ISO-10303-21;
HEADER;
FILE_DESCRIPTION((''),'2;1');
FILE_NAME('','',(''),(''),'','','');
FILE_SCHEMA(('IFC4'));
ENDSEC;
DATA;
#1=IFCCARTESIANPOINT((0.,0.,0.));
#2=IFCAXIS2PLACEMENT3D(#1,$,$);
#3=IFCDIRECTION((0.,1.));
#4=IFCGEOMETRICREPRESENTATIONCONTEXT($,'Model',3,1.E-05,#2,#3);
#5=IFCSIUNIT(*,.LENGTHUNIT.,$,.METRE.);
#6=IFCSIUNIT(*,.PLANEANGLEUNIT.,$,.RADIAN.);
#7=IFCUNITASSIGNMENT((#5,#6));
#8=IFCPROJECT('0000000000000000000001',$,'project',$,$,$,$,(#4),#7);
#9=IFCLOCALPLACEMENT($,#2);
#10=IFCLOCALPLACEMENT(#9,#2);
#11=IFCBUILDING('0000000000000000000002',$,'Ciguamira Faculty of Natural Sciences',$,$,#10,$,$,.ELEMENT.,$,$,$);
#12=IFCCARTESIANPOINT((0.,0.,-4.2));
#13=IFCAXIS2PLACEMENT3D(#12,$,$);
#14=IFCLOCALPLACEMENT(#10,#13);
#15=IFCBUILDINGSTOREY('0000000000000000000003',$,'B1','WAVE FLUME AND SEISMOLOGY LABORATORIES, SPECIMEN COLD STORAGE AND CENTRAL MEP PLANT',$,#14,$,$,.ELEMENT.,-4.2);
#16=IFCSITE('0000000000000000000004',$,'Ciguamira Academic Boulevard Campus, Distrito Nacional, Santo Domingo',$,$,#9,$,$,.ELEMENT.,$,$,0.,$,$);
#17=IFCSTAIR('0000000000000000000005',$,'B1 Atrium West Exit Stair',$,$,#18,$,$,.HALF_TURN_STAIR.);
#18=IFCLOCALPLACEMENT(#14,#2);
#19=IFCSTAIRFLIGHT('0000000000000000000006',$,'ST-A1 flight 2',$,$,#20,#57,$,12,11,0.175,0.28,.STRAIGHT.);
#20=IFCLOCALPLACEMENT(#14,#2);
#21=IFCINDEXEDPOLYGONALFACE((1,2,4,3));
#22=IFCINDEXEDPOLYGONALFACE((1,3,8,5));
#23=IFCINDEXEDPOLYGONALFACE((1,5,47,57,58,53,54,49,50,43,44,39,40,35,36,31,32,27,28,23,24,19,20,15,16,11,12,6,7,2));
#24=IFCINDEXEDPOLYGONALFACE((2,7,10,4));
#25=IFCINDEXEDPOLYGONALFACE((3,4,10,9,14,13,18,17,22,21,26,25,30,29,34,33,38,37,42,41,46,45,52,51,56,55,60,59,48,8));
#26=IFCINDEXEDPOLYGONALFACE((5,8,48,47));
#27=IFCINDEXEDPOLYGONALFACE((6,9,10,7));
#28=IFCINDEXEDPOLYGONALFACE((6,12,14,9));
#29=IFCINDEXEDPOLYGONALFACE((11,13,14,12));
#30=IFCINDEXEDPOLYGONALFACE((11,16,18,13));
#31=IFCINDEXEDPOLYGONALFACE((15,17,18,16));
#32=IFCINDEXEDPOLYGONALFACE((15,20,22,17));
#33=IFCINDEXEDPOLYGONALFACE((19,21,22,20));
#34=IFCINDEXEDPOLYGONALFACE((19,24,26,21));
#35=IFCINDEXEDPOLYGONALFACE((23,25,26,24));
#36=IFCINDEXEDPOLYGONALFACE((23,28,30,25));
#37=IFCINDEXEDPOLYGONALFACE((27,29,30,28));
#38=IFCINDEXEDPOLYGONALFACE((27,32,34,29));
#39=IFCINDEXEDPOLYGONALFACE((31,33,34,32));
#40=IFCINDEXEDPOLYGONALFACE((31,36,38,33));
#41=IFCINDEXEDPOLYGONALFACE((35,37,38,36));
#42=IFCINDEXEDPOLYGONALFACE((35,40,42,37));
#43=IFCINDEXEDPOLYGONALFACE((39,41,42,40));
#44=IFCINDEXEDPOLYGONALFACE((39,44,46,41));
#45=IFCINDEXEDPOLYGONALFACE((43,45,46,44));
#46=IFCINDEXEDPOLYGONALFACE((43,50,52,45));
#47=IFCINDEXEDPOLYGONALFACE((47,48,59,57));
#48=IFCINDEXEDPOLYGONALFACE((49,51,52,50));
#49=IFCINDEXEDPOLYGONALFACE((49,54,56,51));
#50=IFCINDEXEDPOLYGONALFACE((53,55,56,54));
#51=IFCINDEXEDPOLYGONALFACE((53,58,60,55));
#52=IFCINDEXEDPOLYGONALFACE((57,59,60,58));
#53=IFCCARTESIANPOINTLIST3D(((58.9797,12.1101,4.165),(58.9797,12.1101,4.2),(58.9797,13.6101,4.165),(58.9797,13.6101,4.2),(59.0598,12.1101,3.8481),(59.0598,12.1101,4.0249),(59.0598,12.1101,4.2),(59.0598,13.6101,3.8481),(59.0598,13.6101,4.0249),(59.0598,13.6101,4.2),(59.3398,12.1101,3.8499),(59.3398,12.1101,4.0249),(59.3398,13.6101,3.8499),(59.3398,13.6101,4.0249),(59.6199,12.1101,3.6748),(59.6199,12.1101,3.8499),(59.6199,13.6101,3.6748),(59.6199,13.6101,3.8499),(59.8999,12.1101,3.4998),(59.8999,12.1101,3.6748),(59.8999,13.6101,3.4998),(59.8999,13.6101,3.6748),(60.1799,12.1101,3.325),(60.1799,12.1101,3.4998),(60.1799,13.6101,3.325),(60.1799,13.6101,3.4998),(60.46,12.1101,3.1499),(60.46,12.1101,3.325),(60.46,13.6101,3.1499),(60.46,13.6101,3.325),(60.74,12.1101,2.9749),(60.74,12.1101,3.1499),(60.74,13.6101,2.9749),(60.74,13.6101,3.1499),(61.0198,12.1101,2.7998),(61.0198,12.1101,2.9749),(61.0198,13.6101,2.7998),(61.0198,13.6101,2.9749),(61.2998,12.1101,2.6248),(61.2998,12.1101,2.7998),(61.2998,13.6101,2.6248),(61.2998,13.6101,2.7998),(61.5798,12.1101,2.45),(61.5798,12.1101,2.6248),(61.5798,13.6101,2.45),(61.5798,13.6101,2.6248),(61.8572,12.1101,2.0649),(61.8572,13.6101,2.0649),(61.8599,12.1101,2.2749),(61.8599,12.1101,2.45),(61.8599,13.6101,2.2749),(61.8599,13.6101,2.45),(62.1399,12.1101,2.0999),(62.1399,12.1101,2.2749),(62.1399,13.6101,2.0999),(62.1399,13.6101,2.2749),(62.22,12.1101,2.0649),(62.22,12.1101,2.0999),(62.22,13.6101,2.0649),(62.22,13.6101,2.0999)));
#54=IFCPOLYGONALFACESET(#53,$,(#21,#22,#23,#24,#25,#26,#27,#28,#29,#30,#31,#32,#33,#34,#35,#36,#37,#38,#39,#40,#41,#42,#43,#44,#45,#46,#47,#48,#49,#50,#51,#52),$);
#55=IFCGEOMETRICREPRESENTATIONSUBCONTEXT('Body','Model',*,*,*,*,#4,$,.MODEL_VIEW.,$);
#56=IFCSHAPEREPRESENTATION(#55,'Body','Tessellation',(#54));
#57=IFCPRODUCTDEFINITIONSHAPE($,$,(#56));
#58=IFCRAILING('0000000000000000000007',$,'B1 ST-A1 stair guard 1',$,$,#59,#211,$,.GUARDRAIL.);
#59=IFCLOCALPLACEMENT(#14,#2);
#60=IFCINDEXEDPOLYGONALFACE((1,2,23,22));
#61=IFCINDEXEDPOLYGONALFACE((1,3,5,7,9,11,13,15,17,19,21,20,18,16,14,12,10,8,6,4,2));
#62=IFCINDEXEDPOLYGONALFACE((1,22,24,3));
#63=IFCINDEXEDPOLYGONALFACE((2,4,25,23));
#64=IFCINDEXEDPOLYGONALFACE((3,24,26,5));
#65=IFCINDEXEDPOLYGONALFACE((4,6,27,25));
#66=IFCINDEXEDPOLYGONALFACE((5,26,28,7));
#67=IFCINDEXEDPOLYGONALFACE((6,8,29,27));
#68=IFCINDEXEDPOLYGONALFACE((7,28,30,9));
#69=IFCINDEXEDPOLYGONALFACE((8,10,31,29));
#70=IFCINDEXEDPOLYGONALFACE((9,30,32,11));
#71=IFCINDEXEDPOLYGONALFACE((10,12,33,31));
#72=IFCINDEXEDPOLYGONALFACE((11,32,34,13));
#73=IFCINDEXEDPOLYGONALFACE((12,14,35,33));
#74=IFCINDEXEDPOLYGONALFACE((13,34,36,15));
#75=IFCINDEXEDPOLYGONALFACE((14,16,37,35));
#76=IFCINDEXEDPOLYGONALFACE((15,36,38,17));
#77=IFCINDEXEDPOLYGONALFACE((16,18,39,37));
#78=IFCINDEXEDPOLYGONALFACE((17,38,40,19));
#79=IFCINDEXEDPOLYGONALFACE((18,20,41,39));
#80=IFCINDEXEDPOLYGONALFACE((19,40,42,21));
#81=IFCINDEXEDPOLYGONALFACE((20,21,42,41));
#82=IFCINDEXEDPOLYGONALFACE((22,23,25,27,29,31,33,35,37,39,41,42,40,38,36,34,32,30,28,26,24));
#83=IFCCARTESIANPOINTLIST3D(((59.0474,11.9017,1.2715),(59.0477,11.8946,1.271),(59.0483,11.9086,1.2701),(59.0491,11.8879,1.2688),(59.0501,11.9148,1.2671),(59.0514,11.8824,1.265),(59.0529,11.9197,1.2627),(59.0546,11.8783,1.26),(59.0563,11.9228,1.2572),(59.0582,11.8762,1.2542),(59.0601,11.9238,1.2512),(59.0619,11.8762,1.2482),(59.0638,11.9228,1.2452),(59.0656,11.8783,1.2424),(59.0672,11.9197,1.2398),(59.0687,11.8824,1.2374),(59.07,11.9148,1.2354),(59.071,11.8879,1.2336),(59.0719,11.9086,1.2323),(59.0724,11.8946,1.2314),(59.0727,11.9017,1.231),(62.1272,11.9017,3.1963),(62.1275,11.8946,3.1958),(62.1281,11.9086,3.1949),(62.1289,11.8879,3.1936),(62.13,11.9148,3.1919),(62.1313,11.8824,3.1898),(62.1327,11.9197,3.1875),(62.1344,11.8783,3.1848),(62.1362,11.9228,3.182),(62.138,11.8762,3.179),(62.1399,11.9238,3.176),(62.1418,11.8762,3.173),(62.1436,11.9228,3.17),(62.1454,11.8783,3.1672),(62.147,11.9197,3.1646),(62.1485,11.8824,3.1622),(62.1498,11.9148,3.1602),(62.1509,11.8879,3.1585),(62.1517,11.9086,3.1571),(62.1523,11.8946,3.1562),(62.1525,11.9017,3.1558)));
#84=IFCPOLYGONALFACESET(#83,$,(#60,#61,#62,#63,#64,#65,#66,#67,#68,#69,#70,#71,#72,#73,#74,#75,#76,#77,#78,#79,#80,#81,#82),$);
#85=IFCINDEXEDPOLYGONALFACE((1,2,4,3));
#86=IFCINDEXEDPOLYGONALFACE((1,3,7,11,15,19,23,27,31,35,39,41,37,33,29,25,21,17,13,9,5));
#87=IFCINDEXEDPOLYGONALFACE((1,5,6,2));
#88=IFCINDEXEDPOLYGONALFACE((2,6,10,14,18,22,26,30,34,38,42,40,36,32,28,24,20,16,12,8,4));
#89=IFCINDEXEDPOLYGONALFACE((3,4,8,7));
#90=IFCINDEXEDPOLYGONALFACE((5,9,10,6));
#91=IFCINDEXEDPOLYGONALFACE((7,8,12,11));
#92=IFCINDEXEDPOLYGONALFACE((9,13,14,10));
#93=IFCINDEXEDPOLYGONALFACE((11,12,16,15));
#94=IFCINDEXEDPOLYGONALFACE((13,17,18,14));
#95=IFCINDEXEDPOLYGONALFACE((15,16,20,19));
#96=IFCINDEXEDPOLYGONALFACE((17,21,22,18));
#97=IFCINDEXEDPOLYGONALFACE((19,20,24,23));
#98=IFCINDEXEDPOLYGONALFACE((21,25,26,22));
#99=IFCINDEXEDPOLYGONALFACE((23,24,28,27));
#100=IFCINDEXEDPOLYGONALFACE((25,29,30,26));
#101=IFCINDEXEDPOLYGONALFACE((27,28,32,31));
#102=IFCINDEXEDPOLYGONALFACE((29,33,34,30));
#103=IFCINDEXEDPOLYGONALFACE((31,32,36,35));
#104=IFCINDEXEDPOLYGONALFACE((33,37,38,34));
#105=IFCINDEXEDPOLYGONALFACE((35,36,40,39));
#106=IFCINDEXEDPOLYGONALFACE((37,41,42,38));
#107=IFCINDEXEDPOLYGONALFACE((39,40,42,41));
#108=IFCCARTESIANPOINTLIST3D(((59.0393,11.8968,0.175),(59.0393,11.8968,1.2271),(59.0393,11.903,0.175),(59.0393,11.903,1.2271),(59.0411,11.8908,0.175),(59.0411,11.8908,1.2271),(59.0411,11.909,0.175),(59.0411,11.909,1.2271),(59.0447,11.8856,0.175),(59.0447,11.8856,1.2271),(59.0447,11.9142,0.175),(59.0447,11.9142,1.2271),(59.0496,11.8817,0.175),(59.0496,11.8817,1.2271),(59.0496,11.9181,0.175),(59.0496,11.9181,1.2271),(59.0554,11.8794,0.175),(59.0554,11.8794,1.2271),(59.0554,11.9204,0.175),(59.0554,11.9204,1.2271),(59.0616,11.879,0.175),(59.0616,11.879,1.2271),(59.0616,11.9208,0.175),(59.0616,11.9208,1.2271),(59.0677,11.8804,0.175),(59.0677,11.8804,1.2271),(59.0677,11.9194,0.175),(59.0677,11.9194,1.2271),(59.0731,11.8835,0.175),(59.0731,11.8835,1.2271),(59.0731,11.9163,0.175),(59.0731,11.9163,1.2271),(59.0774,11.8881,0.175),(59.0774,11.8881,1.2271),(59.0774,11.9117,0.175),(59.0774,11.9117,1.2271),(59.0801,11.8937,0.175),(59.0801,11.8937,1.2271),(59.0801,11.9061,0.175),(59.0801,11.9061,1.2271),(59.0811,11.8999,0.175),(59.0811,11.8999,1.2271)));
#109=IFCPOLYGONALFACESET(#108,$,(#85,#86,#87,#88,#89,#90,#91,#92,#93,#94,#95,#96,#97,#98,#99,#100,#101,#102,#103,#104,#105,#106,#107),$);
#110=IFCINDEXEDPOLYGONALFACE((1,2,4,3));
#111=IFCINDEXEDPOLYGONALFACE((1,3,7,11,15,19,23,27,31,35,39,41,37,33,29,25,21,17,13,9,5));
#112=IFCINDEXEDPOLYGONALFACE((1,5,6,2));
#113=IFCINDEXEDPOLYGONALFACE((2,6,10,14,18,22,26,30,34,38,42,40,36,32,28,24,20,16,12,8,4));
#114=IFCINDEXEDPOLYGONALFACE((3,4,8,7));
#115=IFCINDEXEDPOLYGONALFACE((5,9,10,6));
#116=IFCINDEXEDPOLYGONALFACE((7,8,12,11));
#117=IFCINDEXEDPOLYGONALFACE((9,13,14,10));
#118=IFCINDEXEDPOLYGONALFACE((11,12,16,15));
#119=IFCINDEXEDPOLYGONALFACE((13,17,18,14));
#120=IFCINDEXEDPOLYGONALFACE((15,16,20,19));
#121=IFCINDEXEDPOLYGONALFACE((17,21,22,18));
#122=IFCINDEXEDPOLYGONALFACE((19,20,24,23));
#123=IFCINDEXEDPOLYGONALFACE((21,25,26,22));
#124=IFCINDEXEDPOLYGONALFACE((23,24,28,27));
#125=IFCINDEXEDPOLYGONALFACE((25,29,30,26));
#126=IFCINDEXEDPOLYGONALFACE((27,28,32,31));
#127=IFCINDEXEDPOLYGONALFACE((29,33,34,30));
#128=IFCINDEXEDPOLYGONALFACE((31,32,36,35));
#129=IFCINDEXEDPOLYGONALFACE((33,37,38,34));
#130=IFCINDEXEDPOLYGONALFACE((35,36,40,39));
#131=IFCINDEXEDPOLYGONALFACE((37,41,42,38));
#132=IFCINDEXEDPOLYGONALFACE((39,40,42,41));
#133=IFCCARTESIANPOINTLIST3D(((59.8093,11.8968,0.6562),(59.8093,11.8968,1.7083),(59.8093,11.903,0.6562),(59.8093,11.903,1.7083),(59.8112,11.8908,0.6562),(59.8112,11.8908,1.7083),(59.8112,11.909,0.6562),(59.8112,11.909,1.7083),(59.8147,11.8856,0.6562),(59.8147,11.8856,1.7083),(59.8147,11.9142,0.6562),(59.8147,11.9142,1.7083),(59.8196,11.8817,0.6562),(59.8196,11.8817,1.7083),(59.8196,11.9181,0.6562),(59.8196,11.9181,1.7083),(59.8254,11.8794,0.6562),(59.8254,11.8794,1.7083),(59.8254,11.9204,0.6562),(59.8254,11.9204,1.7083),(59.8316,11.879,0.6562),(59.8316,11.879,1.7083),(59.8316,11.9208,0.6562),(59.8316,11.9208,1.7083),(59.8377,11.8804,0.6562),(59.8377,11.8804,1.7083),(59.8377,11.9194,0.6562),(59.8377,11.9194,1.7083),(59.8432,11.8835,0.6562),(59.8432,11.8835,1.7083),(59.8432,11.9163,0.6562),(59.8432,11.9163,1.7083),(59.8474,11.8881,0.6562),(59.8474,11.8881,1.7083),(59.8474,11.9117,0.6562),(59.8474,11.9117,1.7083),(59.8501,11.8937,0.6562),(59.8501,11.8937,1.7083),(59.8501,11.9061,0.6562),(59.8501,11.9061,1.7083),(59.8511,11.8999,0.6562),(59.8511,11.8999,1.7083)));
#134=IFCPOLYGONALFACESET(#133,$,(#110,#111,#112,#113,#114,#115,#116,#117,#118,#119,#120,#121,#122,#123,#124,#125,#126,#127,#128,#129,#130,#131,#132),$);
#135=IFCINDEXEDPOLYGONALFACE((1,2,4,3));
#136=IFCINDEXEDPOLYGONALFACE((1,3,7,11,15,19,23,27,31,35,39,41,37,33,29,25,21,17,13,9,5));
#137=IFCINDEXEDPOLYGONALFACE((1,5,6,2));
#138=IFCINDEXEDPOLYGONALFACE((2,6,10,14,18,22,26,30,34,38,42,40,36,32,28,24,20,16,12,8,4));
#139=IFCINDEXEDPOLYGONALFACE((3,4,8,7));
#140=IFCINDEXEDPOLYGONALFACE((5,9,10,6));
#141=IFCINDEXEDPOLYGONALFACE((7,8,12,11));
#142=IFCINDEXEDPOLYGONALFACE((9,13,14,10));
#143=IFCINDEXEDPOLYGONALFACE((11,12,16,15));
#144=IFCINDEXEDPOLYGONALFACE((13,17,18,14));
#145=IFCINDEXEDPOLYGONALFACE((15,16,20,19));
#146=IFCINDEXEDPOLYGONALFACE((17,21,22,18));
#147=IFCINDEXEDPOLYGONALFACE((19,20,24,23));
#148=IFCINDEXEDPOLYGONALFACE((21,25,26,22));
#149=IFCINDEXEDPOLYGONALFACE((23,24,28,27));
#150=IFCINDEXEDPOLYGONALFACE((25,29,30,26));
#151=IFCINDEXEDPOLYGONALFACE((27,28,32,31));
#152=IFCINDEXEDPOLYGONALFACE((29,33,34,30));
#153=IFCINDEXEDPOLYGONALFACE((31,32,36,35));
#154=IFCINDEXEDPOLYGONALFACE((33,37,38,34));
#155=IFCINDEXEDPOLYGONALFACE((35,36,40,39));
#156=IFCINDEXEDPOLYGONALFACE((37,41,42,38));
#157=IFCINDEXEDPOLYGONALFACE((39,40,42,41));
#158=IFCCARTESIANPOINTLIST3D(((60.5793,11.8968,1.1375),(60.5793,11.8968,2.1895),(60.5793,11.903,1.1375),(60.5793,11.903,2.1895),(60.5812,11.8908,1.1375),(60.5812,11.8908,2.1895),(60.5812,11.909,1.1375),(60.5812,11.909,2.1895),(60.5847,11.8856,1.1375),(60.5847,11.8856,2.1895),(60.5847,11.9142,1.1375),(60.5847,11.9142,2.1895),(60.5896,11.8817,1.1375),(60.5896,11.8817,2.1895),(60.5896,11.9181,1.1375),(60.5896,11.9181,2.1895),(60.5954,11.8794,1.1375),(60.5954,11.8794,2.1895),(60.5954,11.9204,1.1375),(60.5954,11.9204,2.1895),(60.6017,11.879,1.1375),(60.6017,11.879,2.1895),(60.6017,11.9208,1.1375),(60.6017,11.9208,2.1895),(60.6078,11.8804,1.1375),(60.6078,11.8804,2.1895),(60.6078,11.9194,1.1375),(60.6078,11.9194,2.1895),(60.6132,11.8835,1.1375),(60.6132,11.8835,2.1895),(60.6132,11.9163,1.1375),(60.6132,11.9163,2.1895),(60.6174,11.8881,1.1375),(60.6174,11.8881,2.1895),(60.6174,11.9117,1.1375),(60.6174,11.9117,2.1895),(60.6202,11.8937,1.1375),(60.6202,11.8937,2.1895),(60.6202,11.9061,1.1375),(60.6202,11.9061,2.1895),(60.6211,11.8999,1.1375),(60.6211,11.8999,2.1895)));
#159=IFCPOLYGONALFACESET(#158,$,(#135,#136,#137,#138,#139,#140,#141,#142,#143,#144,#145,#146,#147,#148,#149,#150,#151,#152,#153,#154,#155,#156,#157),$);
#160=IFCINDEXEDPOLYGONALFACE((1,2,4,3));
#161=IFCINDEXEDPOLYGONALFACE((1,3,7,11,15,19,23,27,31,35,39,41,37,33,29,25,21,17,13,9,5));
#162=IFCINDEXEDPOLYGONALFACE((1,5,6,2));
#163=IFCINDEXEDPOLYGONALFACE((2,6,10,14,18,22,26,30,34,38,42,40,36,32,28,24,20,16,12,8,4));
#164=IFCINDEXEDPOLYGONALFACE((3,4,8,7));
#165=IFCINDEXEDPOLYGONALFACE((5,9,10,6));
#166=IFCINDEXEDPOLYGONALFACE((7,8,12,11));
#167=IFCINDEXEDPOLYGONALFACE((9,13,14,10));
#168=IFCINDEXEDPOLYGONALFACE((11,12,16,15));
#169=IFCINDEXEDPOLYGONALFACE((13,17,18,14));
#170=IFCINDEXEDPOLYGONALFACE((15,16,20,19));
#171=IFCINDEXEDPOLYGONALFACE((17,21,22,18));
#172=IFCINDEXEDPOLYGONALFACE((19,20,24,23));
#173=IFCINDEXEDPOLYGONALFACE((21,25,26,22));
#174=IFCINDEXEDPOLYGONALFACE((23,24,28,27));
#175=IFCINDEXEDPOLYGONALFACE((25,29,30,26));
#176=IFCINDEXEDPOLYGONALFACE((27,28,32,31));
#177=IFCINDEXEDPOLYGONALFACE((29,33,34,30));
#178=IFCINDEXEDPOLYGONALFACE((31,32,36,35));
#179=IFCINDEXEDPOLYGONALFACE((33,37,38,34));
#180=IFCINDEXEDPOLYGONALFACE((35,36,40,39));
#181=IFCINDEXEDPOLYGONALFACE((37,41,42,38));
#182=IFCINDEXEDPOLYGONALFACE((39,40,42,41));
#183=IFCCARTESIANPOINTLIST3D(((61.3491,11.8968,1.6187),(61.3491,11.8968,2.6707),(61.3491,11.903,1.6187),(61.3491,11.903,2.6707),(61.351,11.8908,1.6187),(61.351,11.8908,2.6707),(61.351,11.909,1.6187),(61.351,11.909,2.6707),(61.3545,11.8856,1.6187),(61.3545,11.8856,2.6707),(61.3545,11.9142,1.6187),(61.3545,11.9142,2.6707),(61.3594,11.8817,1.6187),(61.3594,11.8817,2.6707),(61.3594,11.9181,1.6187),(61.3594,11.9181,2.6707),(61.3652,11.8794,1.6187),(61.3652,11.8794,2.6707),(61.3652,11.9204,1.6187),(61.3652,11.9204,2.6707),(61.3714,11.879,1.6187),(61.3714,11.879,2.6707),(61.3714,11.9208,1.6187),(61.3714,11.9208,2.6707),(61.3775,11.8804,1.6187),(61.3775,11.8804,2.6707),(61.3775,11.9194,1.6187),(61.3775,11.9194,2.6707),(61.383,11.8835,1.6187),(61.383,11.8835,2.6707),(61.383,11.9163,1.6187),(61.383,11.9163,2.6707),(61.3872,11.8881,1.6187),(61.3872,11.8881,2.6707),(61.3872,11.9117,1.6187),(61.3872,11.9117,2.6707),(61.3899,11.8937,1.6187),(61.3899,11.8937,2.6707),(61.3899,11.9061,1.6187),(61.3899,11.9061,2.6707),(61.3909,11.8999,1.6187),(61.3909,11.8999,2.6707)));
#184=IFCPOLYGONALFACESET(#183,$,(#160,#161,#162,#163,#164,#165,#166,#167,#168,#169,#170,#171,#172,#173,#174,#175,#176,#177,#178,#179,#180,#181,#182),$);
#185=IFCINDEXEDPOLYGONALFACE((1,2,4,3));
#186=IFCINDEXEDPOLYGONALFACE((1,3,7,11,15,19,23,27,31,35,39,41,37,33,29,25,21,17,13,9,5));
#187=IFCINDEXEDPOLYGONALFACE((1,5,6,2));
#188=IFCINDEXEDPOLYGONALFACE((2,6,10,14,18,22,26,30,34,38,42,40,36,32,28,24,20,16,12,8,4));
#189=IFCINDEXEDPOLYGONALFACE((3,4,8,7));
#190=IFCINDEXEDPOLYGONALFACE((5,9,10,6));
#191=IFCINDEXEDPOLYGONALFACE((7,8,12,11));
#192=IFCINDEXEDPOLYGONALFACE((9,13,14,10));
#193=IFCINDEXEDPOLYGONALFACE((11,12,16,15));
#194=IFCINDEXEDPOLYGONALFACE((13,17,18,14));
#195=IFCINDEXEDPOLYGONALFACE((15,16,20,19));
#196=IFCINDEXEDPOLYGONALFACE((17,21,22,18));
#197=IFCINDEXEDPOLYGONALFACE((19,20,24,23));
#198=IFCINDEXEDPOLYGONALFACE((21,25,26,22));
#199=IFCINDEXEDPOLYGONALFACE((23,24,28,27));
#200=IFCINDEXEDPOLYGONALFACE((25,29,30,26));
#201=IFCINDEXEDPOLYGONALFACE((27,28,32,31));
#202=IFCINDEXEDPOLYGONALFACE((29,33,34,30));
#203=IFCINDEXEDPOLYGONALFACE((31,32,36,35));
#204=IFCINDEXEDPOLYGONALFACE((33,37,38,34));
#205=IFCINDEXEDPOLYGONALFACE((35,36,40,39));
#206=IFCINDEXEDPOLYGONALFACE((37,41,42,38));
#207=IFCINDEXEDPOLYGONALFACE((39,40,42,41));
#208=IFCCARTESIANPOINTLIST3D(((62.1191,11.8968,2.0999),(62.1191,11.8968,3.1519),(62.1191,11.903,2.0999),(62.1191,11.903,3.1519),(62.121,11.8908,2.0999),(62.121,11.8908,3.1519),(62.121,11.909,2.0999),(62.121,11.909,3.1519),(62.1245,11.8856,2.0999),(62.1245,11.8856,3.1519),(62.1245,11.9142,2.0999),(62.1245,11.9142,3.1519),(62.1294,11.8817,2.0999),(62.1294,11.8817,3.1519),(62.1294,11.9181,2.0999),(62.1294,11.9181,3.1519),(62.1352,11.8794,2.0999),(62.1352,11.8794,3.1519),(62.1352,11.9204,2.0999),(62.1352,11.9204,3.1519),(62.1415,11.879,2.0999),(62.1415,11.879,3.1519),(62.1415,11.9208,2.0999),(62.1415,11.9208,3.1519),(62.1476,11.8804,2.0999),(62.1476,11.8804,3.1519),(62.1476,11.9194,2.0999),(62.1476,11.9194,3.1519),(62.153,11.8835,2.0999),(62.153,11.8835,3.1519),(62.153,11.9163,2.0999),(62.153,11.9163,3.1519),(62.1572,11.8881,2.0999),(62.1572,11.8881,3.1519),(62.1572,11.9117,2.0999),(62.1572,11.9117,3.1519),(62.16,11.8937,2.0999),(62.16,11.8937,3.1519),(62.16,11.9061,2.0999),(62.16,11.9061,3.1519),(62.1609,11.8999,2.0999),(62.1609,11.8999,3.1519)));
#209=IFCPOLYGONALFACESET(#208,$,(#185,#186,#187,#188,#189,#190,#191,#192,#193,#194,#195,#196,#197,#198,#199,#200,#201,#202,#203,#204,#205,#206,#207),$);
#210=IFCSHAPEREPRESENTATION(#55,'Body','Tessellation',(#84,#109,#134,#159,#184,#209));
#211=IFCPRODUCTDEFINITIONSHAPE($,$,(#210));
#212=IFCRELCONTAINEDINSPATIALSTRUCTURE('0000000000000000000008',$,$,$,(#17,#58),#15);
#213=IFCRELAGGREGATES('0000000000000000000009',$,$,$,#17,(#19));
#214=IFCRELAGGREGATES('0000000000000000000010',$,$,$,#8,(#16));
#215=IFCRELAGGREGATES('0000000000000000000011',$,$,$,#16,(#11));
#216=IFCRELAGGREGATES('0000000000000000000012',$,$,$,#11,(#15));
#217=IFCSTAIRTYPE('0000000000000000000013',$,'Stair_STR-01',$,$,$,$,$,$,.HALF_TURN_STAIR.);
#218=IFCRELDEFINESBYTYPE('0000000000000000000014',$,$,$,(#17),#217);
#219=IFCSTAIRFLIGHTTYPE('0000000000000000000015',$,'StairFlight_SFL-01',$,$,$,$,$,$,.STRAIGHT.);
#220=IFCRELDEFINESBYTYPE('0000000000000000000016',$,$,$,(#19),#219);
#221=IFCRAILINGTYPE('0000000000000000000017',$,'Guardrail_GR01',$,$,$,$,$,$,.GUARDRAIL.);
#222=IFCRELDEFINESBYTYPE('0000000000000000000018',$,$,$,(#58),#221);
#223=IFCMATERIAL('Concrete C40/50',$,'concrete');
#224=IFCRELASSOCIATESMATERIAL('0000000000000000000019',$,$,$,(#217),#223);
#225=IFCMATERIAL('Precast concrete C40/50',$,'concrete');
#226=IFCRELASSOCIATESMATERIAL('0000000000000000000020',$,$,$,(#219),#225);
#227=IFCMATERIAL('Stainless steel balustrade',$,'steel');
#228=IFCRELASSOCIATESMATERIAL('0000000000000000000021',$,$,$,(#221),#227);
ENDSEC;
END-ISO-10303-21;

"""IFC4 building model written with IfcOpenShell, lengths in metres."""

from ifc_helpers import new_model, si_unit, direction, frame, origin, origin_2d, place, context, subcontext, project, spatial, polyline, circle, outline, extrude, material, type_object, element, aggregate, save


model = new_model("IFC4")

# Units and contexts
model_context = context("Model", 3, precision=1e-05, world=origin(), true_north=direction((0.0, 1.0)))
body_context = subcontext(model_context, "Body", "Model", "MODEL_VIEW")
ifc_project = project(units=[si_unit("LENGTHUNIT", "METRE"), si_unit("PLANEANGLEUNIT", "RADIAN")], contexts=[model_context])

# Site, building, storey
site_placement = place(None, origin())
site = spatial("IfcSite", under=ifc_project, at=site_placement, Name="Ciguamira Academic Boulevard Campus, Distrito Nacional, Santo Domingo", CompositionType="ELEMENT", RefElevation=0.0)
building_placement = place(site_placement, origin())
building = spatial("IfcBuilding", under=site, at=building_placement, Name="Ciguamira Faculty of Natural Sciences", CompositionType="ELEMENT")
storey_placement = place(building_placement, frame((0.0, 0.0, -4.2)))
storey = spatial("IfcBuildingStorey", under=building, at=storey_placement, Name="B1", Description="WAVE FLUME AND SEISMOLOGY LABORATORIES, SPECIMEN COLD STORAGE AND CENTRAL MEP PLANT", CompositionType="ELEMENT", Elevation=-4.2)

# Shared definitions
ifc_material_1 = material(Name="Concrete C40/50", Category="concrete")

# Stair, stair flight
stair_type = type_object("IfcStairType", Name="Stair_STR-01", PredefinedType="HALF_TURN_STAIR", material=ifc_material_1)
stair_placement = place(storey_placement, origin())
stair = element("IfcStair", 1, at=stair_placement, inside=storey, type_object=stair_type, Name="B1 Atrium West Exit Stair", PredefinedType="HALF_TURN_STAIR")
ifc_material_2 = material(Name="Precast concrete C40/50", Category="concrete")
stair_flight_type = type_object("IfcStairFlightType", Name="StairFlight_SFL-01", PredefinedType="STRAIGHT", material=ifc_material_2)
stair_flight_1_placement = place(storey_placement, frame((62.1399, 12.8601, 2.0999), z_axis=(0.0, 0.0, 1.0), x_axis=(-1.0, 0.0, 0.0)))
stair_flight_1 = element("IfcStairFlight", 2, at=stair_flight_1_placement, type_object=stair_flight_type, Name="ST-A1 flight 2", NumberOfRisers=12, NumberOfTreads=11, PredefinedType="STRAIGHT", RiserHeight=0.175, TreadLength=0.28, context=body_context, shape_type="SweptSolid", body=[
    extrude(outline(polyline([(-0.0801, -0.0349), (-0.0801, 0.0), (0.0, 0.0), (0.0, 0.175), (0.28, 0.175), (0.28, 0.3501), (0.5601, 0.3501), (0.5601, 0.5249), (0.8401, 0.5249), (0.8401, 0.7), (1.1201, 0.7), (1.1201, 0.875), (1.3999, 0.875), (1.3999, 1.05), (1.6799, 1.05), (1.6799, 1.2251), (1.96, 1.2251), (1.96, 1.3999), (2.24, 1.3999), (2.24, 1.575), (2.52, 1.575), (2.52, 1.75), (2.8, 1.75), (2.8, 1.925), (3.0801, 1.925), (3.0801, 2.1001), (3.1602, 2.1001), (3.1602, 2.0652), (3.0801, 1.7483), (0.2827, -0.0349), (-0.0801, -0.0349)])), frame((0.0, 0.75, 0.0), z_axis=(0.0, -1.0, 0.0), x_axis=(1.0, 0.0, 0.0)), (0.0, 0.0, 1.0), 1.5),
])
aggregate(stair, [stair_flight_1])

# Railing
ifc_material_3 = material(Name="Stainless steel balustrade", Category="steel")
railing_type_1 = type_object("IfcRailingType", Name="Guardrail_GR01", PredefinedType="GUARDRAIL", material=ifc_material_3)
railing_1_placement = place(storey_placement, frame((59.0601, 11.8999, 0.175)))
element("IfcRailing", 3, at=railing_1_placement, inside=storey, type_object=railing_type_1, Name="B1 ST-A1 stair guard 1", PredefinedType="GUARDRAIL", context=body_context, shape_type="SweptSolid", body=[
    extrude(circle(Radius=0.0239, at=origin_2d()), frame((0.0, 0.0, 1.0762), z_axis=(0.84801, 0.0, 0.529981), x_axis=(0.0, 1.0, 0.0)), (0.0, 0.0, 1.0), 3.6318),
    extrude(circle(Radius=0.021, at=origin_2d()), origin(), (0.0, 0.0, 1.0), 1.052),
    extrude(circle(Radius=0.021, at=origin_2d()), frame((0.77, 0.0, 0.4812)), (0.0, 0.0, 1.0), 1.052),
    extrude(circle(Radius=0.021, at=origin_2d()), frame((1.54, 0.0, 0.9624)), (0.0, 0.0, 1.0), 1.052),
    extrude(circle(Radius=0.021, at=origin_2d()), frame((2.3098, 0.0, 1.4436)), (0.0, 0.0, 1.0), 1.052),
    extrude(circle(Radius=0.021, at=origin_2d()), frame((3.0798, 0.0, 1.9248)), (0.0, 0.0, 1.0), 1.052),
])

save(model, "model.ifc")
